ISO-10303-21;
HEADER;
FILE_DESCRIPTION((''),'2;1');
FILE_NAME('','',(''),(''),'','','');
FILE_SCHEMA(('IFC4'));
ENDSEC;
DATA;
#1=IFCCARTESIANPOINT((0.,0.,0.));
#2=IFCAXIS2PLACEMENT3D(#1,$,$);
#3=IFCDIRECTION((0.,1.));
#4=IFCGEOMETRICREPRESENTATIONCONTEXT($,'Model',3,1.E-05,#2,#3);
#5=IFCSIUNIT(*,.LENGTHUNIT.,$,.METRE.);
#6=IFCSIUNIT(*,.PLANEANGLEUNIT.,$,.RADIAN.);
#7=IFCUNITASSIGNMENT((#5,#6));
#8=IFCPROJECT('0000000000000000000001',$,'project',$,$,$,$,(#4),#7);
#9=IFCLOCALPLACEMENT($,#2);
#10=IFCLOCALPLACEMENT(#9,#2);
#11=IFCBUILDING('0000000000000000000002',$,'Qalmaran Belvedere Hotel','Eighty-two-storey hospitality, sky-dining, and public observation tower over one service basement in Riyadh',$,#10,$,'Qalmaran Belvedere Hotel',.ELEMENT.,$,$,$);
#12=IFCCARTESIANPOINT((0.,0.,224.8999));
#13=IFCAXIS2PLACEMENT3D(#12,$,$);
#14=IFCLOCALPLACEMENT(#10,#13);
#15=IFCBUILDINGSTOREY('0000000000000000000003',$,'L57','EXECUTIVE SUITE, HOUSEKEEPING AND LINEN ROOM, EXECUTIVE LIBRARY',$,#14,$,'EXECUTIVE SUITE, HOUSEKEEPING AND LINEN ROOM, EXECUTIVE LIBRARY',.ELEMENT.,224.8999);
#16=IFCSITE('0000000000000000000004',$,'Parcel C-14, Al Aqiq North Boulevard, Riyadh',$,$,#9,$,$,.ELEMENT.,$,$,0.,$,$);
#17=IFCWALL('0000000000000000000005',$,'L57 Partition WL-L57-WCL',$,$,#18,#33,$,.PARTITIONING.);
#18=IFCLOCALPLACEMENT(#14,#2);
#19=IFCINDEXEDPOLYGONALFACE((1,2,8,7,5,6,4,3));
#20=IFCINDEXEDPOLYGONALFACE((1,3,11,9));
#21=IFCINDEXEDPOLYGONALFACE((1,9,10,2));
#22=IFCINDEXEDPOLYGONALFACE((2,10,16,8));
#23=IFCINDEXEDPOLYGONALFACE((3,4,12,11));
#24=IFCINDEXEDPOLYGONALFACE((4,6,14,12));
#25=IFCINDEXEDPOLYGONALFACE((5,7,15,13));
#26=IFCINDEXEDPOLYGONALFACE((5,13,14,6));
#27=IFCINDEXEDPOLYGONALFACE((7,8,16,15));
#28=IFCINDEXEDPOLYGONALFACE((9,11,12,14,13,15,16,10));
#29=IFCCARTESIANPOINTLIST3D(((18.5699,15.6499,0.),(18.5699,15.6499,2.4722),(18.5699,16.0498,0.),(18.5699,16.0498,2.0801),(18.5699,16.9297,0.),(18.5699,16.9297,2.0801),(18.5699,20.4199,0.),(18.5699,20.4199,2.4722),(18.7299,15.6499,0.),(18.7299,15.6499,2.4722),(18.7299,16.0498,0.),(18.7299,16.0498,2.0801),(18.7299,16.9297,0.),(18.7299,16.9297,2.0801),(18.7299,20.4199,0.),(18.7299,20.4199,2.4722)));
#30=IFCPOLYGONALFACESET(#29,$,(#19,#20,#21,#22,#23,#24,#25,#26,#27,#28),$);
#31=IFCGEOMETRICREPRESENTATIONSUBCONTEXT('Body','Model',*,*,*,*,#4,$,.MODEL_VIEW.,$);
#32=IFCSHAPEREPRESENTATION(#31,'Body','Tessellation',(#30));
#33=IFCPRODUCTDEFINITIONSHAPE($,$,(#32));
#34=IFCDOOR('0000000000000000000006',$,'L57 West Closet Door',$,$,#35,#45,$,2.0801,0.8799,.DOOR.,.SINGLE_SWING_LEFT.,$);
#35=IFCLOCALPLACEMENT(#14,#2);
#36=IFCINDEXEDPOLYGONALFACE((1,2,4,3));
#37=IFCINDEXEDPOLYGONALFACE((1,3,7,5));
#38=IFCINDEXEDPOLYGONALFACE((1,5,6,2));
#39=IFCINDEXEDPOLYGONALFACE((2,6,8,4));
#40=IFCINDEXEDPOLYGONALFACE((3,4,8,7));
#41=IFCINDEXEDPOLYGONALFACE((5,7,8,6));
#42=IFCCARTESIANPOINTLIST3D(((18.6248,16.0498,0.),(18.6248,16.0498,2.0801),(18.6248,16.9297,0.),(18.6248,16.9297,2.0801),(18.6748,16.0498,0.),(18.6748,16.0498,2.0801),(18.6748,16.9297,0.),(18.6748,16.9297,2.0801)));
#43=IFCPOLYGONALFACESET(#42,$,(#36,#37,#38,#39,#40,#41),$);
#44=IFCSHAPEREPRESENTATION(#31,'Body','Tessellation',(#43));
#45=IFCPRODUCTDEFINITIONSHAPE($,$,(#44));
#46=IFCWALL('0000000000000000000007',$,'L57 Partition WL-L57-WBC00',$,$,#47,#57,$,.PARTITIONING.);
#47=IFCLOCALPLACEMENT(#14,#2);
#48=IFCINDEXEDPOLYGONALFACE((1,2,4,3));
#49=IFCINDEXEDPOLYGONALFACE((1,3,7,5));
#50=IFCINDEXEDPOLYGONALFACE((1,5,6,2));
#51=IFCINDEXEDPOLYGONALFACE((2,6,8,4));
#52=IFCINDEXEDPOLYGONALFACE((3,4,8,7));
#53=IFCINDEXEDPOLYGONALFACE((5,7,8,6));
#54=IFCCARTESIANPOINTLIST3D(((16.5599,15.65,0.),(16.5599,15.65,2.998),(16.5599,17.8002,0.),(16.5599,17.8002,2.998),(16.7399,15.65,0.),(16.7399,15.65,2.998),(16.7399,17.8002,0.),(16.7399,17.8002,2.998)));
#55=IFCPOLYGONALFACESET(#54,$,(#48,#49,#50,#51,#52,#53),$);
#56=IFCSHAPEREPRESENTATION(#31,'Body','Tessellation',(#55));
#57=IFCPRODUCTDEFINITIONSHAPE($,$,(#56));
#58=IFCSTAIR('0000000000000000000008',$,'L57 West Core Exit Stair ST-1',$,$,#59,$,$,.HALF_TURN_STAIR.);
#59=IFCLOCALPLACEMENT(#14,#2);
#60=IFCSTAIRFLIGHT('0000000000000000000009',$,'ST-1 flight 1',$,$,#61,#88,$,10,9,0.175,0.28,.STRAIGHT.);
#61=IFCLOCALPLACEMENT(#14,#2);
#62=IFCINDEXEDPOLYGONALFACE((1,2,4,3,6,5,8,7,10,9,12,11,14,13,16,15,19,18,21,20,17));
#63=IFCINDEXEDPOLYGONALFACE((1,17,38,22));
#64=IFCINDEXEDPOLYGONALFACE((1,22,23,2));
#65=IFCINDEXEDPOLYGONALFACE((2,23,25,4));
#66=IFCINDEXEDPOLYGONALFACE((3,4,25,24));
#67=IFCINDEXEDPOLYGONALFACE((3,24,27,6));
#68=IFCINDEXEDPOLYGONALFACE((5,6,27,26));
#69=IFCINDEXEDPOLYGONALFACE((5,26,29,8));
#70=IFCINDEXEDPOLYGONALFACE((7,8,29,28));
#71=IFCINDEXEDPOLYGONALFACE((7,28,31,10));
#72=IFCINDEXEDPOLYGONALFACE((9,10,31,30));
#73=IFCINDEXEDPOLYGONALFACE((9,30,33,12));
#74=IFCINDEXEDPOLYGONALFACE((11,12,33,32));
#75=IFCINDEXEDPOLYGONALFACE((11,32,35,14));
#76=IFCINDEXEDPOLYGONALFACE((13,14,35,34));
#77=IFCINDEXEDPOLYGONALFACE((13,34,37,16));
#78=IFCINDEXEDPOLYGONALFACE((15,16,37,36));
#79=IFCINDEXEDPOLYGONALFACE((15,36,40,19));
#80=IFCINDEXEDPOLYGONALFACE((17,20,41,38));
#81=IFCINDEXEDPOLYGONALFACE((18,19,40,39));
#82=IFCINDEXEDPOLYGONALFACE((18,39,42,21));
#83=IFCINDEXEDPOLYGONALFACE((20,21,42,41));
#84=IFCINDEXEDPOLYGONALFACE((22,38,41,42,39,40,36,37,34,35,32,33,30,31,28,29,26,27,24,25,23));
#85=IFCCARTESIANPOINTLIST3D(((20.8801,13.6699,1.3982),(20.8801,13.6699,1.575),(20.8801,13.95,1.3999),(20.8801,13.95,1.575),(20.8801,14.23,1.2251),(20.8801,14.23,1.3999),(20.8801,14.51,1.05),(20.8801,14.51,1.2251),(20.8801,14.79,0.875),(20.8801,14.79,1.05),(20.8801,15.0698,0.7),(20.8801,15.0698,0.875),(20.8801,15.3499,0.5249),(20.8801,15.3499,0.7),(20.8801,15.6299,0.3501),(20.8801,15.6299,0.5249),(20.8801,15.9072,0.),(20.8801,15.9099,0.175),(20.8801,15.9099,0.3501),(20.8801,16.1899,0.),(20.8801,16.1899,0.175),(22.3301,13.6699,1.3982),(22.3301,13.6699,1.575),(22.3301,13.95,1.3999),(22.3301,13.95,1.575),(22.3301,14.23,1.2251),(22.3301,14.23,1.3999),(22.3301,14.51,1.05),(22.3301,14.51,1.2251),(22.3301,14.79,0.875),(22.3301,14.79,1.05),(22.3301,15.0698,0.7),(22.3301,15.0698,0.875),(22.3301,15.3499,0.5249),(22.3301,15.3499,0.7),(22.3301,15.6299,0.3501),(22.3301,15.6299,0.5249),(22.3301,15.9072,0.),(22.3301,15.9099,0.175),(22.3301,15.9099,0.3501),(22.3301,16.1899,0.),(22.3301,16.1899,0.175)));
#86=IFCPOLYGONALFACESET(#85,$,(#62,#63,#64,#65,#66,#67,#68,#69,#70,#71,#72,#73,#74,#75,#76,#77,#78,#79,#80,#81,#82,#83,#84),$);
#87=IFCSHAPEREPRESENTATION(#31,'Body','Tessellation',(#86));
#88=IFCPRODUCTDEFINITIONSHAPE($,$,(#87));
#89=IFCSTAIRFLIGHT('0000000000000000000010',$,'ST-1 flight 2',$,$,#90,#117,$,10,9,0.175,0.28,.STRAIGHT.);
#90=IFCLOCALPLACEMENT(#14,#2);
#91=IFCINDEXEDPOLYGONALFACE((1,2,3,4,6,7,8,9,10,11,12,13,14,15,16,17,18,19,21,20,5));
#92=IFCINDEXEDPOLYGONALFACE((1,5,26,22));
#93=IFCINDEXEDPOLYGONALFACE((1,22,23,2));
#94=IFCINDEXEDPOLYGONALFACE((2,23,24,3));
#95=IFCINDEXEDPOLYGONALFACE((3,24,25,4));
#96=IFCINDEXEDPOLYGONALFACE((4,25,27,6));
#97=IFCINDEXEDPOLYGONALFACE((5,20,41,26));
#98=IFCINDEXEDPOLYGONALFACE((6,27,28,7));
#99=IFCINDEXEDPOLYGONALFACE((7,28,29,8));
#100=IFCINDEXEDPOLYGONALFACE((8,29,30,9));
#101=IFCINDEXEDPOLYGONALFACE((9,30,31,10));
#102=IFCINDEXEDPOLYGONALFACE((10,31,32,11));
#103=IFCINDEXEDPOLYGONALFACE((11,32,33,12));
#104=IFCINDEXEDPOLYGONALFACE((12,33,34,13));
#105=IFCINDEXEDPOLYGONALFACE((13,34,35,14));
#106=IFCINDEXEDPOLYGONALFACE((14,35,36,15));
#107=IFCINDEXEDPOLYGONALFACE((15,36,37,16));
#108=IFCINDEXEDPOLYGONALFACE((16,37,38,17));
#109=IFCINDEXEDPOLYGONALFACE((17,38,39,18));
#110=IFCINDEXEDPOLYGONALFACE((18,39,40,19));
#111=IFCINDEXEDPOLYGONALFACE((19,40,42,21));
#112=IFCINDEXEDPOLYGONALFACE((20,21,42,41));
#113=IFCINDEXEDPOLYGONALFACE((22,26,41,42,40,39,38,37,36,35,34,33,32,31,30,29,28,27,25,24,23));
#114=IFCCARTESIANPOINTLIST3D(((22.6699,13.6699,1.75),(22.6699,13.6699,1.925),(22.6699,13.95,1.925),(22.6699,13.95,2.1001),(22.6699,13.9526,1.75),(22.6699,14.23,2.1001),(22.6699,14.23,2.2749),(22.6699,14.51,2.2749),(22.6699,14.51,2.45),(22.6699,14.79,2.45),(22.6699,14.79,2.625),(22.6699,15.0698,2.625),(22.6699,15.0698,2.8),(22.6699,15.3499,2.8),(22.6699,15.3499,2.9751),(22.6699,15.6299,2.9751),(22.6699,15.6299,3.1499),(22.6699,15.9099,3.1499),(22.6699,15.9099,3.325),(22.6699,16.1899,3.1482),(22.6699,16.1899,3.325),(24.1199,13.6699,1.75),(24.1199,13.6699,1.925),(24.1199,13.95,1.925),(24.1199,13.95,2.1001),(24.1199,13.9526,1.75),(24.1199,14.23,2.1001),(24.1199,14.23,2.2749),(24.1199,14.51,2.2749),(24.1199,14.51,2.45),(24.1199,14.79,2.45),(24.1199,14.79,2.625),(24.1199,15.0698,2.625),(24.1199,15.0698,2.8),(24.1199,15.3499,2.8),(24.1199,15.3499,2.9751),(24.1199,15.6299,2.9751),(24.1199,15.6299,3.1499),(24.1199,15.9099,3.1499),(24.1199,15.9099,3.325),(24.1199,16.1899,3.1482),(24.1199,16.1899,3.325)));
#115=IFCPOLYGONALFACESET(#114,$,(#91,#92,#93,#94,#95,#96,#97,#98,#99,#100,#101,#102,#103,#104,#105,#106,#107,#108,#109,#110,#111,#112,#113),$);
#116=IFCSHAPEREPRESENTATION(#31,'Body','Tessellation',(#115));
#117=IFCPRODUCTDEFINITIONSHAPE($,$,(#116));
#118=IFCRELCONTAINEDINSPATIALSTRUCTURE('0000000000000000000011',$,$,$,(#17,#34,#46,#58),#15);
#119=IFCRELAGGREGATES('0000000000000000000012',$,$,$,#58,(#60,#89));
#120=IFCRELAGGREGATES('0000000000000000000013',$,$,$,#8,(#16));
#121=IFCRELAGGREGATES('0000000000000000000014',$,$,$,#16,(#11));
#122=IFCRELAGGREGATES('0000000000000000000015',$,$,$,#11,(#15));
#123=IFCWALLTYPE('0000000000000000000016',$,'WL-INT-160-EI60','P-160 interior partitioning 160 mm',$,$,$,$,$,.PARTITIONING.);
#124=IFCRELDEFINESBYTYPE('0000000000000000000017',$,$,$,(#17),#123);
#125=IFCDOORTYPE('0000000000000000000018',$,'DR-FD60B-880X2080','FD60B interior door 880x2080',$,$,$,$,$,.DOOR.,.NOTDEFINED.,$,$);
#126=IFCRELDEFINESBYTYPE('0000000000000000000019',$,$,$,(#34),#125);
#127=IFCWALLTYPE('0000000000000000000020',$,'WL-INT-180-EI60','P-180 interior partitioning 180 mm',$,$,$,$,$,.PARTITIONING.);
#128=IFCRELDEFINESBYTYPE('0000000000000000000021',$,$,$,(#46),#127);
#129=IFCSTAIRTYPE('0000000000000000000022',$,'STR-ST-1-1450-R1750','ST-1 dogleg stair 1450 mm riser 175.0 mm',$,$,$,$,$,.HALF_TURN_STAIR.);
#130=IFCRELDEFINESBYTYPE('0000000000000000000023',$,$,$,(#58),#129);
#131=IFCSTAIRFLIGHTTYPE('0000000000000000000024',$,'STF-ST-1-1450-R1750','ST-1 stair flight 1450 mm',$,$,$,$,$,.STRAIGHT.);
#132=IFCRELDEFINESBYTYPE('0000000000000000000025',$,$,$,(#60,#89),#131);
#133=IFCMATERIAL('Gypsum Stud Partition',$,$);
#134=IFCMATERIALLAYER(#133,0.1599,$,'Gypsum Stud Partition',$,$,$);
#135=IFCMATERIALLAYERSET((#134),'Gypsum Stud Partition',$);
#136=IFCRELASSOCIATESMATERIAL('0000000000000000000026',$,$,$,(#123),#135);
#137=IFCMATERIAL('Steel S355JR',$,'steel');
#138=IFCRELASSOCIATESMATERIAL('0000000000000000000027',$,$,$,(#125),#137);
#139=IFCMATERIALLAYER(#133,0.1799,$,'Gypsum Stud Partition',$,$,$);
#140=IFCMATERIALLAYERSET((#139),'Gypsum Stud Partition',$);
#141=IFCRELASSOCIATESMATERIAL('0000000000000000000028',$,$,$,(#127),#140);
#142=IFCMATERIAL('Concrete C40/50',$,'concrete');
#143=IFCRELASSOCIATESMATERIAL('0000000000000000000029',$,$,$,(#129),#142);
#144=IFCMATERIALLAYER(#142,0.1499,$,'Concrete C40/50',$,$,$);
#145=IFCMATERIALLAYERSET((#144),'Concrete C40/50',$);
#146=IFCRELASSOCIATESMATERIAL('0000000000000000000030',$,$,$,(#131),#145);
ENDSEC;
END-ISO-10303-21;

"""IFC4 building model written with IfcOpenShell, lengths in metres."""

from ifc_helpers import new_model, si_unit, direction, frame, frame_2d, origin, place, context, subcontext, project, spatial, polyline, rectangle, outline, extrude, material, layer, layer_set, type_object, element, fill, aggregate, save


model = new_model("IFC4")

# Units and contexts
model_context = context("Model", 3, precision=1e-05, world=origin(), true_north=direction((0.0, 1.0)))
body_context = subcontext(model_context, "Body", "Model", "MODEL_VIEW")
ifc_project = project(units=[si_unit("LENGTHUNIT", "METRE"), si_unit("PLANEANGLEUNIT", "RADIAN")], contexts=[model_context])

# Site, building, storey
site_placement = place(None, origin())
site = spatial("IfcSite", under=ifc_project, at=site_placement, Name="Parcel C-14, Al Aqiq North Boulevard, Riyadh", CompositionType="ELEMENT", RefElevation=0.0)
building_placement = place(site_placement, origin())
building = spatial("IfcBuilding", under=site, at=building_placement, Name="Qalmaran Belvedere Hotel", Description="Eighty-two-storey hospitality, sky-dining, and public observation tower over one service basement in Riyadh", LongName="Qalmaran Belvedere Hotel", CompositionType="ELEMENT")
storey_placement = place(building_placement, frame((0.0, 0.0, 224.8999)))
storey = spatial("IfcBuildingStorey", under=building, at=storey_placement, Name="L57", Description="EXECUTIVE SUITE, HOUSEKEEPING AND LINEN ROOM, EXECUTIVE LIBRARY", LongName="EXECUTIVE SUITE, HOUSEKEEPING AND LINEN ROOM, EXECUTIVE LIBRARY", CompositionType="ELEMENT", Elevation=224.8999)

# Shared definitions
ifc_material_1 = material(Name="Gypsum Stud Partition")

# Wall, opening, door
ifc_layer_1 = layer(ifc_material_1, 0.1599, Name="Gypsum Stud Partition")
ifc_layer_set_1 = layer_set([ifc_layer_1], Name="Gypsum Stud Partition")
wall_type_1 = type_object("IfcWallType", Name="WL-INT-160-EI60", Description="P-160 interior partitioning 160 mm", PredefinedType="PARTITIONING", material=ifc_layer_set_1)
ifc_material_2 = material(Name="Steel S355JR", Category="steel")
door_type_1 = type_object("IfcDoorType", Name="DR-FD60B-880X2080", Description="FD60B interior door 880x2080", OperationType="NOTDEFINED", PredefinedType="DOOR", material=ifc_material_2)
wall_1_placement = place(storey_placement, frame((18.6499, 15.6499, 0.0), z_axis=(0.0, 0.0, 1.0), x_axis=(0.0, 1.0, 0.0)))
wall_1 = element("IfcWall", 1, at=wall_1_placement, inside=storey, type_object=wall_type_1, Name="L57 Partition WL-L57-WCL", PredefinedType="PARTITIONING", context=body_context, shape_type="SweptSolid", body=[
    extrude(rectangle(XDim=4.77, YDim=0.1599, at=frame_2d((2.385, 0.0))), origin(), (0.0, 0.0, 1.0), 2.4722),
])
opening_1_placement = place(wall_1_placement, frame((1.2798, 0.0, 0.0), z_axis=(0.0, 0.0, 1.0), x_axis=(-1.0, 0.0, 0.0)))
opening_1 = element("IfcOpeningElement", 2, at=opening_1_placement, cuts=wall_1, PredefinedType="OPENING", context=body_context, shape_type="SweptSolid", body=[
    extrude(rectangle(XDim=0.8799, YDim=2.0801, at=frame_2d((0.4399, 1.04))), frame((0.0, 0.0898, 0.0), z_axis=(0.0, -1.0, 0.0), x_axis=(1.0, 0.0, 0.0)), (0.0, 0.0, 1.0), 0.1799),
])
door_1_placement = place(opening_1_placement, origin())
door_1 = element("IfcDoor", 3, at=door_1_placement, inside=storey, type_object=door_type_1, Name="L57 West Closet Door", OperationType="SINGLE_SWING_LEFT", OverallHeight=2.0801, OverallWidth=0.8799, PredefinedType="DOOR", context=body_context, shape_type="SweptSolid", body=[
    extrude(rectangle(XDim=0.8799, YDim=2.0801, at=frame_2d((0.4399, 1.04))), frame((0.0, 0.0249, 0.0), z_axis=(0.0, -1.0, 0.0), x_axis=(1.0, 0.0, 0.0)), (0.0, 0.0, 1.0), 0.05),
])
fill(opening_1, door_1)

# Wall
ifc_layer_2 = layer(ifc_material_1, 0.1799, Name="Gypsum Stud Partition")
ifc_layer_set_2 = layer_set([ifc_layer_2], Name="Gypsum Stud Partition")
wall_type_2 = type_object("IfcWallType", Name="WL-INT-180-EI60", Description="P-180 interior partitioning 180 mm", PredefinedType="PARTITIONING", material=ifc_layer_set_2)
wall_2_placement = place(storey_placement, frame((16.6499, 15.6499, 0.0), z_axis=(0.0, 0.0, 1.0), x_axis=(0.0, 1.0, 0.0)))
element("IfcWall", 4, at=wall_2_placement, inside=storey, type_object=wall_type_2, Name="L57 Partition WL-L57-WBC00", PredefinedType="PARTITIONING", context=body_context, shape_type="SweptSolid", body=[
    extrude(rectangle(XDim=2.1501, YDim=0.1799, at=frame_2d((1.0752, 0.0))), origin(), (0.0, 0.0, 1.0), 2.998),
])

# Stair, stair flights
ifc_material_3 = material(Name="Concrete C40/50", Category="concrete")
stair_type = type_object("IfcStairType", Name="STR-ST-1-1450-R1750", Description="ST-1 dogleg stair 1450 mm riser 175.0 mm", PredefinedType="HALF_TURN_STAIR", material=ifc_material_3)
stair_placement = place(storey_placement, origin())
stair = element("IfcStair", 5, at=stair_placement, inside=storey, type_object=stair_type, Name="L57 West Core Exit Stair ST-1", PredefinedType="HALF_TURN_STAIR")
ifc_layer_3 = layer(ifc_material_3, 0.1499, Name="Concrete C40/50")
ifc_layer_set_3 = layer_set([ifc_layer_3], Name="Concrete C40/50")
stair_flight_type = type_object("IfcStairFlightType", Name="STF-ST-1-1450-R1750", Description="ST-1 stair flight 1450 mm", PredefinedType="STRAIGHT", material=ifc_layer_set_3)
stair_flight_1_placement = place(storey_placement, frame((21.605, 16.1899, 0.0), z_axis=(0.0, 0.0, 1.0), x_axis=(0.0, -1.0, 0.0)))
stair_flight_1 = element("IfcStairFlight", 6, at=stair_flight_1_placement, type_object=stair_flight_type, Name="ST-1 flight 1", NumberOfRisers=10, NumberOfTreads=9, PredefinedType="STRAIGHT", RiserHeight=0.175, TreadLength=0.28, context=body_context, shape_type="SweptSolid", body=[
    extrude(outline(polyline([(0.0, 0.0), (0.0, 0.175), (0.28, 0.175), (0.28, 0.3501), (0.5601, 0.3501), (0.5601, 0.5249), (0.8401, 0.5249), (0.8401, 0.7), (1.1201, 0.7), (1.1201, 0.875), (1.3999, 0.875), (1.3999, 1.05), (1.6799, 1.05), (1.6799, 1.2251), (1.96, 1.2251), (1.96, 1.3999), (2.24, 1.3999), (2.24, 1.575), (2.52, 1.575), (2.52, 1.75), (2.52, 1.3982), (0.2827, 0.0), (0.0, 0.0)])), frame((0.0, 0.7251, 0.0), z_axis=(0.0, -1.0, 0.0), x_axis=(1.0, 0.0, 0.0)), (0.0, 0.0, 1.0), 1.45),
])
stair_flight_2_placement = place(storey_placement, frame((23.395, 13.6699, 1.75), z_axis=(0.0, 0.0, 1.0), x_axis=(0.0, 1.0, 0.0)))
stair_flight_2 = element("IfcStairFlight", 7, at=stair_flight_2_placement, type_object=stair_flight_type, Name="ST-1 flight 2", NumberOfRisers=10, NumberOfTreads=9, PredefinedType="STRAIGHT", RiserHeight=0.175, TreadLength=0.28, context=body_context, shape_type="SweptSolid", body=[
    extrude(outline(polyline([(0.0, 0.0), (0.0, 0.175), (0.28, 0.175), (0.28, 0.3501), (0.5601, 0.3501), (0.5601, 0.5249), (0.8401, 0.5249), (0.8401, 0.7), (1.1201, 0.7), (1.1201, 0.875), (1.3999, 0.875), (1.3999, 1.05), (1.6799, 1.05), (1.6799, 1.2251), (1.96, 1.2251), (1.96, 1.3999), (2.24, 1.3999), (2.24, 1.575), (2.52, 1.575), (2.52, 1.75), (2.52, 1.3982), (0.2827, 0.0), (0.0, 0.0)])), frame((0.0, 0.7251, 0.0), z_axis=(0.0, -1.0, 0.0), x_axis=(1.0, 0.0, 0.0)), (0.0, 0.0, 1.0), 1.45),
])
aggregate(stair, [stair_flight_1, stair_flight_2])

save(model, "model.ifc")
